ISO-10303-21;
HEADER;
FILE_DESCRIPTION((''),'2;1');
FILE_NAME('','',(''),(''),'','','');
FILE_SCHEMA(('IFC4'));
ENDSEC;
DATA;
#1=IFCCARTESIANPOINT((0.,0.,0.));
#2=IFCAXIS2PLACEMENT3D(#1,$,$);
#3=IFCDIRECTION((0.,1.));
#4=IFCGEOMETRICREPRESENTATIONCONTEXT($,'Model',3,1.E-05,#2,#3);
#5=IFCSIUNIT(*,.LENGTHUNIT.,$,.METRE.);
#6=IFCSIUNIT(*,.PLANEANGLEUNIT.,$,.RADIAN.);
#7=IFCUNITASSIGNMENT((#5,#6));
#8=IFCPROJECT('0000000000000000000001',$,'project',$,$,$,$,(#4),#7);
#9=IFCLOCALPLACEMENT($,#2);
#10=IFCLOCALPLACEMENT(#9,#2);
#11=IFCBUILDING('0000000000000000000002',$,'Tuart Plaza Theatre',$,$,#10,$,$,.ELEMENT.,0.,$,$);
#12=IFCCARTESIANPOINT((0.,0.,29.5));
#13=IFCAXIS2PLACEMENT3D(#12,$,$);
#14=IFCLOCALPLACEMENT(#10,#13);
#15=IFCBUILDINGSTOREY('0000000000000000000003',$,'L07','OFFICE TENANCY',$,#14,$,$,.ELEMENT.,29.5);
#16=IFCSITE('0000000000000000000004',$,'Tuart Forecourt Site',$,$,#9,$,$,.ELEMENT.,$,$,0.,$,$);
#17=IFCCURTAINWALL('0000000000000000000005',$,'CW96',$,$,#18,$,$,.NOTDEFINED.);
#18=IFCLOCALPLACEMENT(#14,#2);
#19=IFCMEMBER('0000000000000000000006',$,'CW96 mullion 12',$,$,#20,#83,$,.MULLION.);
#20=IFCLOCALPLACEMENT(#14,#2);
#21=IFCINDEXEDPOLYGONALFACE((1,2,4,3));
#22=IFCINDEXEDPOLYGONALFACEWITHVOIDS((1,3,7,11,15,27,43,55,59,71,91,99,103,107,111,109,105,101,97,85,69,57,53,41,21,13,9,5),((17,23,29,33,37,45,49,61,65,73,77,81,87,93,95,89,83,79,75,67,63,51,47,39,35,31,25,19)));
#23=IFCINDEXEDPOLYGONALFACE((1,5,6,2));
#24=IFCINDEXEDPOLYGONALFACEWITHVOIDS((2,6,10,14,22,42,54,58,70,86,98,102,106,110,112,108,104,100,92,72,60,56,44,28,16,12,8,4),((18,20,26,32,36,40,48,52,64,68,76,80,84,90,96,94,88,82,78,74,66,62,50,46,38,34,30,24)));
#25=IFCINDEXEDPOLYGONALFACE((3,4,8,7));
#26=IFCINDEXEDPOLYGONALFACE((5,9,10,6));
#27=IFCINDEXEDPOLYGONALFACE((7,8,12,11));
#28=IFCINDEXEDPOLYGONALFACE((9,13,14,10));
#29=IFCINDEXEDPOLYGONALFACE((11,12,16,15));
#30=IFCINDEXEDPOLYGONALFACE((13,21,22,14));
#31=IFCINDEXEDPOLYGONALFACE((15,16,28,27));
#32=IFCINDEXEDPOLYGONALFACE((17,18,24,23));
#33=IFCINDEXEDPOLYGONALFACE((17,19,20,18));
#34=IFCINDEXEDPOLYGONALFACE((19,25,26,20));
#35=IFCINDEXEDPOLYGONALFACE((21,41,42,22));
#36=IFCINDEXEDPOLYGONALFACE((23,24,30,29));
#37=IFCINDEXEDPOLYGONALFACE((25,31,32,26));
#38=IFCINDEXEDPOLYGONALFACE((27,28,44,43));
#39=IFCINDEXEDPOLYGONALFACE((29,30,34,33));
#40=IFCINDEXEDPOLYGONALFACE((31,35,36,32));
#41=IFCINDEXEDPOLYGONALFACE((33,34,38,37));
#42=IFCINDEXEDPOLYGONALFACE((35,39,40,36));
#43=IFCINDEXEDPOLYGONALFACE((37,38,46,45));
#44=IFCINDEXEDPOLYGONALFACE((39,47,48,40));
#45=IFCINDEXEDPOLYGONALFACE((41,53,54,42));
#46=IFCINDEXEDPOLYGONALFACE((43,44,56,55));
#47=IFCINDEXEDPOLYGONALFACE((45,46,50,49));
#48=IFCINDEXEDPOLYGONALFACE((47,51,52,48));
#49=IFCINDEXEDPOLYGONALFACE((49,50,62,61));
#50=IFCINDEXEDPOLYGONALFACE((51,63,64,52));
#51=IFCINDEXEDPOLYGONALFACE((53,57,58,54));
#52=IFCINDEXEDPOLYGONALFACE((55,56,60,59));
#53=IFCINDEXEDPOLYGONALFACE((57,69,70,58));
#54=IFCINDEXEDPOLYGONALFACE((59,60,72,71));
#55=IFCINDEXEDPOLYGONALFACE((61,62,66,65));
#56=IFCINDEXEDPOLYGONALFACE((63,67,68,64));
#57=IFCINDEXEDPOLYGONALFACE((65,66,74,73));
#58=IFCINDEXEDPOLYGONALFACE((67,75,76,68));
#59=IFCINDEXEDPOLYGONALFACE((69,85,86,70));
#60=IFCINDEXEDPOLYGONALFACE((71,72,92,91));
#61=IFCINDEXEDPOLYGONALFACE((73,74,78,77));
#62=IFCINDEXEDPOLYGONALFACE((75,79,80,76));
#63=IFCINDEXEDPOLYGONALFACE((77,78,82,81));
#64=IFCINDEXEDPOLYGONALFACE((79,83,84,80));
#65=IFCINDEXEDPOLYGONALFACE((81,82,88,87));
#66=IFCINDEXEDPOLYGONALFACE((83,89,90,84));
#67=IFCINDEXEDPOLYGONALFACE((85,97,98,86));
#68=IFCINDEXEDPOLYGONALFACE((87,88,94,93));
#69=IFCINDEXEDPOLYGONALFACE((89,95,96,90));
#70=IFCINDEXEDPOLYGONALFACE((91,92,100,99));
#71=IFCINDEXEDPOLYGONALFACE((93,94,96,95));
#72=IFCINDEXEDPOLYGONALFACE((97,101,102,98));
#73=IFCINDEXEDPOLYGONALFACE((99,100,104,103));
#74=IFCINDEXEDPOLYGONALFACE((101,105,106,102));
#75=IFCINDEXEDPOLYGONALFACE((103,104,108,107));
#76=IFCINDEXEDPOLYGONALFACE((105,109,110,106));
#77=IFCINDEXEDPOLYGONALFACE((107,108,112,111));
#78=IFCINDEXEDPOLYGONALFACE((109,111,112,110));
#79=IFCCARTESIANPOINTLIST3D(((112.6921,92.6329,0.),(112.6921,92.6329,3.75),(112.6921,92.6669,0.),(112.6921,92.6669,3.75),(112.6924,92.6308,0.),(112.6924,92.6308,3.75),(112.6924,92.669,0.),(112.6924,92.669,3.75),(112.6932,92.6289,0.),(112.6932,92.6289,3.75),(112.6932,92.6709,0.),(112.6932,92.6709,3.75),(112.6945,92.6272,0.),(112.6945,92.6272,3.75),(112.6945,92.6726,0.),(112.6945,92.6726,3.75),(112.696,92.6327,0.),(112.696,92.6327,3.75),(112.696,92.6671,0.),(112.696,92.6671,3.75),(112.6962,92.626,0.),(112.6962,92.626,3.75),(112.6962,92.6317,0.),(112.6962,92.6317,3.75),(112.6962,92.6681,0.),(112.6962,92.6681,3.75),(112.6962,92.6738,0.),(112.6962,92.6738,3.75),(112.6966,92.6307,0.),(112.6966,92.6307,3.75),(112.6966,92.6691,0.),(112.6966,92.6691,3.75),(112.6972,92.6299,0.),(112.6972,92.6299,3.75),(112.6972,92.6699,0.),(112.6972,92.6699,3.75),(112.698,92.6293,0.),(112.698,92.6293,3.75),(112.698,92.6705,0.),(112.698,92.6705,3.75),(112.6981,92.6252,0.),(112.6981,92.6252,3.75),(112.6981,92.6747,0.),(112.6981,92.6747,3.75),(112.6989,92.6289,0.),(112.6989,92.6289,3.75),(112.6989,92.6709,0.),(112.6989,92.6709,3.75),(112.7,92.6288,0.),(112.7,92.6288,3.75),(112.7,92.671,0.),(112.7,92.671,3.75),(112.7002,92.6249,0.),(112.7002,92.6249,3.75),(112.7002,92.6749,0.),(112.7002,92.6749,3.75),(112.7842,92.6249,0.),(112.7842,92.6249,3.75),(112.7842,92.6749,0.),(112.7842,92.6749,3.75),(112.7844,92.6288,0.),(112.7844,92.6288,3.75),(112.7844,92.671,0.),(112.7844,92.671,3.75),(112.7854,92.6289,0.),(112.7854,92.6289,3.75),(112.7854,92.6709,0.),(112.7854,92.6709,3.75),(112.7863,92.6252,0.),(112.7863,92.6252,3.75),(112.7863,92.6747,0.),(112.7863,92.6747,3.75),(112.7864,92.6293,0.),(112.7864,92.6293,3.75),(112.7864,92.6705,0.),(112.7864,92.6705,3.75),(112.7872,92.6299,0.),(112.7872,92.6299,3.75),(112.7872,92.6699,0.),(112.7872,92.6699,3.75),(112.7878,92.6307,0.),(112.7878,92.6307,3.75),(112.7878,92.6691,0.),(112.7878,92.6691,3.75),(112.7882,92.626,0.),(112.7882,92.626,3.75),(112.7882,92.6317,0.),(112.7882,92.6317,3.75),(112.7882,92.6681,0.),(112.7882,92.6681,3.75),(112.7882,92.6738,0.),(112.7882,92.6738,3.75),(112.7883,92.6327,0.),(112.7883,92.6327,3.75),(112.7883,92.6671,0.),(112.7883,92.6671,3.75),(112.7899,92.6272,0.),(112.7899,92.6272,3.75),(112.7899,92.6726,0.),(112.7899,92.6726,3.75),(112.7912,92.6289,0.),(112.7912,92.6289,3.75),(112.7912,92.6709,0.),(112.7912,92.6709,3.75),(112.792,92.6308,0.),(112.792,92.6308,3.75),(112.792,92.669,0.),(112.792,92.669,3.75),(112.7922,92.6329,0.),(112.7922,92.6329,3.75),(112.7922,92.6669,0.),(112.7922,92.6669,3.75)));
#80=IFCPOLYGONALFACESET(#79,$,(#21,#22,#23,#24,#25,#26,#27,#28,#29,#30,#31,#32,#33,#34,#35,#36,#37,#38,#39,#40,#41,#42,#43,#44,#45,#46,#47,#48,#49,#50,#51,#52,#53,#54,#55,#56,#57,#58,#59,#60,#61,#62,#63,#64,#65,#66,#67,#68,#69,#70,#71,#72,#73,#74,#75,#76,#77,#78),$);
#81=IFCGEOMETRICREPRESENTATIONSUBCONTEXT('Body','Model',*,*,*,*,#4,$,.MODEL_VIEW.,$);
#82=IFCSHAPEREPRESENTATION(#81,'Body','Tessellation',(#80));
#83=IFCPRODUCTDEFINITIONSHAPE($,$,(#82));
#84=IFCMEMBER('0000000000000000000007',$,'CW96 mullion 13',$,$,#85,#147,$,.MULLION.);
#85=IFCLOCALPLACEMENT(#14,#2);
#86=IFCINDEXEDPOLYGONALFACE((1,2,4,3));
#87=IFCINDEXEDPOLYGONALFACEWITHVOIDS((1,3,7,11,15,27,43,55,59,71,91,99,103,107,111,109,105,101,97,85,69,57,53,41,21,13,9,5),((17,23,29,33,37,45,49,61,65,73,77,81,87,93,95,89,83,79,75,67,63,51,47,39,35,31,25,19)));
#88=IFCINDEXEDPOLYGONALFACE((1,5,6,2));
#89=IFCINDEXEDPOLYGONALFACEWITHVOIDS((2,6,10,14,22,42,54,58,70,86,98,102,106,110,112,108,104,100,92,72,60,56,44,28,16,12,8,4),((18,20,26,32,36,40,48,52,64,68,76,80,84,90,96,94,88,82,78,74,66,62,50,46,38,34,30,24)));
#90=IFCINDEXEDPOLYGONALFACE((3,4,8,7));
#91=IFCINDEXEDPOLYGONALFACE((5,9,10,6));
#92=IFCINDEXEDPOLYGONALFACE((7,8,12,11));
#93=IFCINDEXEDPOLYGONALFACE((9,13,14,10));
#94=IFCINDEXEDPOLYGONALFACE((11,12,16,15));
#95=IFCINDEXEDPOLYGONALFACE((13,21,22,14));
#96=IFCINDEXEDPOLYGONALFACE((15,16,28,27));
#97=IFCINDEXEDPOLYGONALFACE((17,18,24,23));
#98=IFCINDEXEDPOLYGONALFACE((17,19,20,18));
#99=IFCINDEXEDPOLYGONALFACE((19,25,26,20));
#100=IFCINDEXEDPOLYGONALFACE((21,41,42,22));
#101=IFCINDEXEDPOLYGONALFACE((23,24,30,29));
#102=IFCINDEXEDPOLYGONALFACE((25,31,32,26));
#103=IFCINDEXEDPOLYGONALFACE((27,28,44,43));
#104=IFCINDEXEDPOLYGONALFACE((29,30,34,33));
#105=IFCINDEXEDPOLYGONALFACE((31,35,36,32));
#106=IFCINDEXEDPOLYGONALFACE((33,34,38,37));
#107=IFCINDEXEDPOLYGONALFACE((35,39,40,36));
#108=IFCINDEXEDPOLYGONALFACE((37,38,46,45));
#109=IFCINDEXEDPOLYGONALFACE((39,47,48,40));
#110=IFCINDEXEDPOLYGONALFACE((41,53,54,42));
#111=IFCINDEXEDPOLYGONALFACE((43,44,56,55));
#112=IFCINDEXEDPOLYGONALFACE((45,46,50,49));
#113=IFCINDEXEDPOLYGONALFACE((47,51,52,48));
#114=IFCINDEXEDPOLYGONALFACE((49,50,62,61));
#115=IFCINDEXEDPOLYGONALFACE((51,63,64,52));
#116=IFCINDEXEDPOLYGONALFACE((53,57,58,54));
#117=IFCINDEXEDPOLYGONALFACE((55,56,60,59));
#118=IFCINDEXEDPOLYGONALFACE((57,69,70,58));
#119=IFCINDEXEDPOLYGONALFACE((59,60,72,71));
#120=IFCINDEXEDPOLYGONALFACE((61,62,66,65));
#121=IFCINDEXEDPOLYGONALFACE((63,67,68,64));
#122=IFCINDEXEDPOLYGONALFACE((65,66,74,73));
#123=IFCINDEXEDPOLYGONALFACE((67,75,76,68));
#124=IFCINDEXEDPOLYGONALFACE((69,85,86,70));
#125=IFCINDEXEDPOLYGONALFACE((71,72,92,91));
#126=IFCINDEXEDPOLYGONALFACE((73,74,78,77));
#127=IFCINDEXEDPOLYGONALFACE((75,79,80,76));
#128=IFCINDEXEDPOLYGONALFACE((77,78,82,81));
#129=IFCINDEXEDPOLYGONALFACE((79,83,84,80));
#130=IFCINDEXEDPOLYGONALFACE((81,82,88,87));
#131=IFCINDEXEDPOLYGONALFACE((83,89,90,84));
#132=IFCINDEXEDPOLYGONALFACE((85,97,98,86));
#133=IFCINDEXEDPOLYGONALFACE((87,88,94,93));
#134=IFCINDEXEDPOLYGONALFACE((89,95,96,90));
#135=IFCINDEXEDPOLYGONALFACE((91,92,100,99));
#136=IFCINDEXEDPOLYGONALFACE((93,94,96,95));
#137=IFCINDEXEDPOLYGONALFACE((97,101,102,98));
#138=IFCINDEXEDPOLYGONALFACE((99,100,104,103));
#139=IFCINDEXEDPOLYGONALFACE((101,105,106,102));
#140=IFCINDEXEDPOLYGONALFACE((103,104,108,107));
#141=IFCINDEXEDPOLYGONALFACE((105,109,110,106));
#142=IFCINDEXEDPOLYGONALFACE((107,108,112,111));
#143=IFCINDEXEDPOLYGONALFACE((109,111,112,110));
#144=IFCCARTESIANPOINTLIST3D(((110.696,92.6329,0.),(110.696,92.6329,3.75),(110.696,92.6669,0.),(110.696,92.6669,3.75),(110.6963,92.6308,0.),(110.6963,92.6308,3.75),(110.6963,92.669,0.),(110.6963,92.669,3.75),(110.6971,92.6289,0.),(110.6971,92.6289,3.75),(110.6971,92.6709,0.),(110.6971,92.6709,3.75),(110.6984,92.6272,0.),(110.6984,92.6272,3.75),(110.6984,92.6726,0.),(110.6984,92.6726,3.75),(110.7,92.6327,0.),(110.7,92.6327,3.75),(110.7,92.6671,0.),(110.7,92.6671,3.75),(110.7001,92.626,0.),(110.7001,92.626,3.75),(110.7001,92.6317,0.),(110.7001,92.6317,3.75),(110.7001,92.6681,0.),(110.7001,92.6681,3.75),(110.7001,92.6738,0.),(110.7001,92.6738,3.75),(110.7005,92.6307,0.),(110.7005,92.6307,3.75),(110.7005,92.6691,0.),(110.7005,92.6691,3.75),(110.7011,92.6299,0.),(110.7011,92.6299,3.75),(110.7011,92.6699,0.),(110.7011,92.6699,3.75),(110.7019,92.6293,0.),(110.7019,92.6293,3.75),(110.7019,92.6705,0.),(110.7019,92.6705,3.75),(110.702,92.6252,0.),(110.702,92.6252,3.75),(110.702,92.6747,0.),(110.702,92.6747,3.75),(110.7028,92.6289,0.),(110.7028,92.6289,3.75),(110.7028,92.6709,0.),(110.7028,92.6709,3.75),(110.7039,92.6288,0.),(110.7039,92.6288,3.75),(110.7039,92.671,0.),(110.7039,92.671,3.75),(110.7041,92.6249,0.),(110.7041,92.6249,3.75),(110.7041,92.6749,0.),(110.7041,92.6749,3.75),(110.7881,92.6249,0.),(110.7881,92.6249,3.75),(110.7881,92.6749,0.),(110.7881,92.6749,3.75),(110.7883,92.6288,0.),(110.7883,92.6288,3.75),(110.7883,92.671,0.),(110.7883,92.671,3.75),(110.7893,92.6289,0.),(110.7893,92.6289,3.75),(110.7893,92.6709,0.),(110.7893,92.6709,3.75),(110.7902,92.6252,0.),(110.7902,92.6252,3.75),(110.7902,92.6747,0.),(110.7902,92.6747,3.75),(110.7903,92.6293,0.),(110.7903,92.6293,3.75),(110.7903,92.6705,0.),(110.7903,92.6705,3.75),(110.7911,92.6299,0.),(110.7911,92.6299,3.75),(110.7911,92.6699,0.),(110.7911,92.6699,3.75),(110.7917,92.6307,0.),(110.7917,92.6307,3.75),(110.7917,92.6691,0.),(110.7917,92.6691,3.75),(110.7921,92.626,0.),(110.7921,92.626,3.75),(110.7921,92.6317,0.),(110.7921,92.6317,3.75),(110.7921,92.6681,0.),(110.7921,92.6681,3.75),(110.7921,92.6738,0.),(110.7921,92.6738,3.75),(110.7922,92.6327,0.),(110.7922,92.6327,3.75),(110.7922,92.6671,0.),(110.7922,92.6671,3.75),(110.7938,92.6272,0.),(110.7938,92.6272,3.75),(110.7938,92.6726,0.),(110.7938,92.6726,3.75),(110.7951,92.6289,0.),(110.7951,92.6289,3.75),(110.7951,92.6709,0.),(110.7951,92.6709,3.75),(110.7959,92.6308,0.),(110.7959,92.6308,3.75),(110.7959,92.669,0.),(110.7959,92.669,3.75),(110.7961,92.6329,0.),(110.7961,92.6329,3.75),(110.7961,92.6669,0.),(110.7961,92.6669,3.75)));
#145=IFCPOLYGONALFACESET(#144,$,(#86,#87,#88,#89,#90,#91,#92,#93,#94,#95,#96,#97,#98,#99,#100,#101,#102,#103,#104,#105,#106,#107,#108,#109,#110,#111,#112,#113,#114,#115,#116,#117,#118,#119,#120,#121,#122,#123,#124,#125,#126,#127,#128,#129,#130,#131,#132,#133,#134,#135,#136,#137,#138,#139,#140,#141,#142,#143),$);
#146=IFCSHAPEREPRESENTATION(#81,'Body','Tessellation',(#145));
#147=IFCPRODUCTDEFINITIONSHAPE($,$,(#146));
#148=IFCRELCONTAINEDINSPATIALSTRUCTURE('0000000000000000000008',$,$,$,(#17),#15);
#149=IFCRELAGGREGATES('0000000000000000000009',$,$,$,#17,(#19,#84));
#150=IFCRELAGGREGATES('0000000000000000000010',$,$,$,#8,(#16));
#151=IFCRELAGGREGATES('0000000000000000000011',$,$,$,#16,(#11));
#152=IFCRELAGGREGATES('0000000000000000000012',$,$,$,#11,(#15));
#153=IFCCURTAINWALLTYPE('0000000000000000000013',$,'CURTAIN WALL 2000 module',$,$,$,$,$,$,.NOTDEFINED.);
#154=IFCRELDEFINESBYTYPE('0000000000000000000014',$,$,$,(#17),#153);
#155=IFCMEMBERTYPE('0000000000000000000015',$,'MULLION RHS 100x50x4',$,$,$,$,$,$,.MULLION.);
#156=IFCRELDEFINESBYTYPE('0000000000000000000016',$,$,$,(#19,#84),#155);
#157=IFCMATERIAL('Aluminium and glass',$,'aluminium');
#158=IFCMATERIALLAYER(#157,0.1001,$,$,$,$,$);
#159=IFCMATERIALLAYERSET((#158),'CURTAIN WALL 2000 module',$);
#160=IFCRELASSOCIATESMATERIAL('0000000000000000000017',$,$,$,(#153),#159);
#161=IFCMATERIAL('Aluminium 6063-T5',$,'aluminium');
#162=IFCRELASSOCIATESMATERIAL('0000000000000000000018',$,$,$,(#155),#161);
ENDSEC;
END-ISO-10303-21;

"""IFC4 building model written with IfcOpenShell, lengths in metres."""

from ifc_helpers import new_model, si_unit, direction, frame, origin, origin_2d, place, context, subcontext, project, spatial, hollow_rectangle, extrude, material, layer, layer_set, material_profile, profile_set, type_object, element, aggregate, save


model = new_model("IFC4")

# Units and contexts
model_context = context("Model", 3, precision=1e-05, world=origin(), true_north=direction((0.0, 1.0)))
body_context = subcontext(model_context, "Body", "Model", "MODEL_VIEW")
ifc_project = project(units=[si_unit("LENGTHUNIT", "METRE"), si_unit("PLANEANGLEUNIT", "RADIAN")], contexts=[model_context])

# Site, building, storey
site_placement = place(None, origin())
site = spatial("IfcSite", under=ifc_project, at=site_placement, Name="Tuart Forecourt Site", CompositionType="ELEMENT", RefElevation=0.0)
building_placement = place(site_placement, origin())
building = spatial("IfcBuilding", under=site, at=building_placement, Name="Tuart Plaza Theatre", CompositionType="ELEMENT", ElevationOfRefHeight=0.0)
storey_placement = place(building_placement, frame((0.0, 0.0, 29.5)))
storey = spatial("IfcBuildingStorey", under=building, at=storey_placement, Name="L07", Description="OFFICE TENANCY", CompositionType="ELEMENT", Elevation=29.5)

# Curtain wall, members
ifc_material_1 = material(Name="Aluminium and glass", Category="aluminium")
ifc_layer_1 = layer(ifc_material_1, 0.1001)
ifc_layer_set_1 = layer_set([ifc_layer_1], Name="CURTAIN WALL 2000 module")
curtain_wall_type = type_object("IfcCurtainWallType", Name="CURTAIN WALL 2000 module", PredefinedType="NOTDEFINED", material=ifc_layer_set_1)
curtain_wall_placement = place(storey_placement, origin())
curtain_wall = element("IfcCurtainWall", 1, at=curtain_wall_placement, inside=storey, type_object=curtain_wall_type, Name="CW96", PredefinedType="NOTDEFINED")
ifc_material_2 = material(Name="Aluminium 6063-T5", Category="aluminium")
ifc_material_profile_1 = material_profile(ifc_material_2, hollow_rectangle(XDim=0.05, YDim=0.1001, WallThickness=0.0039, InnerFilletRadius=0.0039, OuterFilletRadius=0.0081, at=origin_2d()), Name="RHS 100x50x4")
ifc_profile_set_1 = profile_set([ifc_material_profile_1], Name="Aluminium 6063-T5")
member_type_1 = type_object("IfcMemberType", Name="MULLION RHS 100x50x4", PredefinedType="MULLION", material=ifc_profile_set_1)
member_1_placement = place(storey_placement, frame((112.7422, 92.6499, 0.0), z_axis=(0.0, 0.0, 1.0), x_axis=(0.0, -1.0, 0.0)))
member_1 = element("IfcMember", 2, at=member_1_placement, type_object=member_type_1, Name="CW96 mullion 12", PredefinedType="MULLION", context=body_context, shape_type="SweptSolid", body=[
    extrude(hollow_rectangle(XDim=0.05, YDim=0.1001, WallThickness=0.0039, InnerFilletRadius=0.0039, OuterFilletRadius=0.0081, at=origin_2d()), origin(), (0.0, 0.0, 1.0), 3.75),
])
member_2_placement = place(storey_placement, frame((110.7461, 92.6499, 0.0), z_axis=(0.0, 0.0, 1.0), x_axis=(0.0, -1.0, 0.0)))
member_2 = element("IfcMember", 3, at=member_2_placement, type_object=member_type_1, Name="CW96 mullion 13", PredefinedType="MULLION", context=body_context, shape_type="SweptSolid", body=[
    extrude(hollow_rectangle(XDim=0.05, YDim=0.1001, WallThickness=0.0039, InnerFilletRadius=0.0039, OuterFilletRadius=0.0081, at=origin_2d()), origin(), (0.0, 0.0, 1.0), 3.75),
])
aggregate(curtain_wall, [member_1, member_2])

save(model, "model.ifc")
